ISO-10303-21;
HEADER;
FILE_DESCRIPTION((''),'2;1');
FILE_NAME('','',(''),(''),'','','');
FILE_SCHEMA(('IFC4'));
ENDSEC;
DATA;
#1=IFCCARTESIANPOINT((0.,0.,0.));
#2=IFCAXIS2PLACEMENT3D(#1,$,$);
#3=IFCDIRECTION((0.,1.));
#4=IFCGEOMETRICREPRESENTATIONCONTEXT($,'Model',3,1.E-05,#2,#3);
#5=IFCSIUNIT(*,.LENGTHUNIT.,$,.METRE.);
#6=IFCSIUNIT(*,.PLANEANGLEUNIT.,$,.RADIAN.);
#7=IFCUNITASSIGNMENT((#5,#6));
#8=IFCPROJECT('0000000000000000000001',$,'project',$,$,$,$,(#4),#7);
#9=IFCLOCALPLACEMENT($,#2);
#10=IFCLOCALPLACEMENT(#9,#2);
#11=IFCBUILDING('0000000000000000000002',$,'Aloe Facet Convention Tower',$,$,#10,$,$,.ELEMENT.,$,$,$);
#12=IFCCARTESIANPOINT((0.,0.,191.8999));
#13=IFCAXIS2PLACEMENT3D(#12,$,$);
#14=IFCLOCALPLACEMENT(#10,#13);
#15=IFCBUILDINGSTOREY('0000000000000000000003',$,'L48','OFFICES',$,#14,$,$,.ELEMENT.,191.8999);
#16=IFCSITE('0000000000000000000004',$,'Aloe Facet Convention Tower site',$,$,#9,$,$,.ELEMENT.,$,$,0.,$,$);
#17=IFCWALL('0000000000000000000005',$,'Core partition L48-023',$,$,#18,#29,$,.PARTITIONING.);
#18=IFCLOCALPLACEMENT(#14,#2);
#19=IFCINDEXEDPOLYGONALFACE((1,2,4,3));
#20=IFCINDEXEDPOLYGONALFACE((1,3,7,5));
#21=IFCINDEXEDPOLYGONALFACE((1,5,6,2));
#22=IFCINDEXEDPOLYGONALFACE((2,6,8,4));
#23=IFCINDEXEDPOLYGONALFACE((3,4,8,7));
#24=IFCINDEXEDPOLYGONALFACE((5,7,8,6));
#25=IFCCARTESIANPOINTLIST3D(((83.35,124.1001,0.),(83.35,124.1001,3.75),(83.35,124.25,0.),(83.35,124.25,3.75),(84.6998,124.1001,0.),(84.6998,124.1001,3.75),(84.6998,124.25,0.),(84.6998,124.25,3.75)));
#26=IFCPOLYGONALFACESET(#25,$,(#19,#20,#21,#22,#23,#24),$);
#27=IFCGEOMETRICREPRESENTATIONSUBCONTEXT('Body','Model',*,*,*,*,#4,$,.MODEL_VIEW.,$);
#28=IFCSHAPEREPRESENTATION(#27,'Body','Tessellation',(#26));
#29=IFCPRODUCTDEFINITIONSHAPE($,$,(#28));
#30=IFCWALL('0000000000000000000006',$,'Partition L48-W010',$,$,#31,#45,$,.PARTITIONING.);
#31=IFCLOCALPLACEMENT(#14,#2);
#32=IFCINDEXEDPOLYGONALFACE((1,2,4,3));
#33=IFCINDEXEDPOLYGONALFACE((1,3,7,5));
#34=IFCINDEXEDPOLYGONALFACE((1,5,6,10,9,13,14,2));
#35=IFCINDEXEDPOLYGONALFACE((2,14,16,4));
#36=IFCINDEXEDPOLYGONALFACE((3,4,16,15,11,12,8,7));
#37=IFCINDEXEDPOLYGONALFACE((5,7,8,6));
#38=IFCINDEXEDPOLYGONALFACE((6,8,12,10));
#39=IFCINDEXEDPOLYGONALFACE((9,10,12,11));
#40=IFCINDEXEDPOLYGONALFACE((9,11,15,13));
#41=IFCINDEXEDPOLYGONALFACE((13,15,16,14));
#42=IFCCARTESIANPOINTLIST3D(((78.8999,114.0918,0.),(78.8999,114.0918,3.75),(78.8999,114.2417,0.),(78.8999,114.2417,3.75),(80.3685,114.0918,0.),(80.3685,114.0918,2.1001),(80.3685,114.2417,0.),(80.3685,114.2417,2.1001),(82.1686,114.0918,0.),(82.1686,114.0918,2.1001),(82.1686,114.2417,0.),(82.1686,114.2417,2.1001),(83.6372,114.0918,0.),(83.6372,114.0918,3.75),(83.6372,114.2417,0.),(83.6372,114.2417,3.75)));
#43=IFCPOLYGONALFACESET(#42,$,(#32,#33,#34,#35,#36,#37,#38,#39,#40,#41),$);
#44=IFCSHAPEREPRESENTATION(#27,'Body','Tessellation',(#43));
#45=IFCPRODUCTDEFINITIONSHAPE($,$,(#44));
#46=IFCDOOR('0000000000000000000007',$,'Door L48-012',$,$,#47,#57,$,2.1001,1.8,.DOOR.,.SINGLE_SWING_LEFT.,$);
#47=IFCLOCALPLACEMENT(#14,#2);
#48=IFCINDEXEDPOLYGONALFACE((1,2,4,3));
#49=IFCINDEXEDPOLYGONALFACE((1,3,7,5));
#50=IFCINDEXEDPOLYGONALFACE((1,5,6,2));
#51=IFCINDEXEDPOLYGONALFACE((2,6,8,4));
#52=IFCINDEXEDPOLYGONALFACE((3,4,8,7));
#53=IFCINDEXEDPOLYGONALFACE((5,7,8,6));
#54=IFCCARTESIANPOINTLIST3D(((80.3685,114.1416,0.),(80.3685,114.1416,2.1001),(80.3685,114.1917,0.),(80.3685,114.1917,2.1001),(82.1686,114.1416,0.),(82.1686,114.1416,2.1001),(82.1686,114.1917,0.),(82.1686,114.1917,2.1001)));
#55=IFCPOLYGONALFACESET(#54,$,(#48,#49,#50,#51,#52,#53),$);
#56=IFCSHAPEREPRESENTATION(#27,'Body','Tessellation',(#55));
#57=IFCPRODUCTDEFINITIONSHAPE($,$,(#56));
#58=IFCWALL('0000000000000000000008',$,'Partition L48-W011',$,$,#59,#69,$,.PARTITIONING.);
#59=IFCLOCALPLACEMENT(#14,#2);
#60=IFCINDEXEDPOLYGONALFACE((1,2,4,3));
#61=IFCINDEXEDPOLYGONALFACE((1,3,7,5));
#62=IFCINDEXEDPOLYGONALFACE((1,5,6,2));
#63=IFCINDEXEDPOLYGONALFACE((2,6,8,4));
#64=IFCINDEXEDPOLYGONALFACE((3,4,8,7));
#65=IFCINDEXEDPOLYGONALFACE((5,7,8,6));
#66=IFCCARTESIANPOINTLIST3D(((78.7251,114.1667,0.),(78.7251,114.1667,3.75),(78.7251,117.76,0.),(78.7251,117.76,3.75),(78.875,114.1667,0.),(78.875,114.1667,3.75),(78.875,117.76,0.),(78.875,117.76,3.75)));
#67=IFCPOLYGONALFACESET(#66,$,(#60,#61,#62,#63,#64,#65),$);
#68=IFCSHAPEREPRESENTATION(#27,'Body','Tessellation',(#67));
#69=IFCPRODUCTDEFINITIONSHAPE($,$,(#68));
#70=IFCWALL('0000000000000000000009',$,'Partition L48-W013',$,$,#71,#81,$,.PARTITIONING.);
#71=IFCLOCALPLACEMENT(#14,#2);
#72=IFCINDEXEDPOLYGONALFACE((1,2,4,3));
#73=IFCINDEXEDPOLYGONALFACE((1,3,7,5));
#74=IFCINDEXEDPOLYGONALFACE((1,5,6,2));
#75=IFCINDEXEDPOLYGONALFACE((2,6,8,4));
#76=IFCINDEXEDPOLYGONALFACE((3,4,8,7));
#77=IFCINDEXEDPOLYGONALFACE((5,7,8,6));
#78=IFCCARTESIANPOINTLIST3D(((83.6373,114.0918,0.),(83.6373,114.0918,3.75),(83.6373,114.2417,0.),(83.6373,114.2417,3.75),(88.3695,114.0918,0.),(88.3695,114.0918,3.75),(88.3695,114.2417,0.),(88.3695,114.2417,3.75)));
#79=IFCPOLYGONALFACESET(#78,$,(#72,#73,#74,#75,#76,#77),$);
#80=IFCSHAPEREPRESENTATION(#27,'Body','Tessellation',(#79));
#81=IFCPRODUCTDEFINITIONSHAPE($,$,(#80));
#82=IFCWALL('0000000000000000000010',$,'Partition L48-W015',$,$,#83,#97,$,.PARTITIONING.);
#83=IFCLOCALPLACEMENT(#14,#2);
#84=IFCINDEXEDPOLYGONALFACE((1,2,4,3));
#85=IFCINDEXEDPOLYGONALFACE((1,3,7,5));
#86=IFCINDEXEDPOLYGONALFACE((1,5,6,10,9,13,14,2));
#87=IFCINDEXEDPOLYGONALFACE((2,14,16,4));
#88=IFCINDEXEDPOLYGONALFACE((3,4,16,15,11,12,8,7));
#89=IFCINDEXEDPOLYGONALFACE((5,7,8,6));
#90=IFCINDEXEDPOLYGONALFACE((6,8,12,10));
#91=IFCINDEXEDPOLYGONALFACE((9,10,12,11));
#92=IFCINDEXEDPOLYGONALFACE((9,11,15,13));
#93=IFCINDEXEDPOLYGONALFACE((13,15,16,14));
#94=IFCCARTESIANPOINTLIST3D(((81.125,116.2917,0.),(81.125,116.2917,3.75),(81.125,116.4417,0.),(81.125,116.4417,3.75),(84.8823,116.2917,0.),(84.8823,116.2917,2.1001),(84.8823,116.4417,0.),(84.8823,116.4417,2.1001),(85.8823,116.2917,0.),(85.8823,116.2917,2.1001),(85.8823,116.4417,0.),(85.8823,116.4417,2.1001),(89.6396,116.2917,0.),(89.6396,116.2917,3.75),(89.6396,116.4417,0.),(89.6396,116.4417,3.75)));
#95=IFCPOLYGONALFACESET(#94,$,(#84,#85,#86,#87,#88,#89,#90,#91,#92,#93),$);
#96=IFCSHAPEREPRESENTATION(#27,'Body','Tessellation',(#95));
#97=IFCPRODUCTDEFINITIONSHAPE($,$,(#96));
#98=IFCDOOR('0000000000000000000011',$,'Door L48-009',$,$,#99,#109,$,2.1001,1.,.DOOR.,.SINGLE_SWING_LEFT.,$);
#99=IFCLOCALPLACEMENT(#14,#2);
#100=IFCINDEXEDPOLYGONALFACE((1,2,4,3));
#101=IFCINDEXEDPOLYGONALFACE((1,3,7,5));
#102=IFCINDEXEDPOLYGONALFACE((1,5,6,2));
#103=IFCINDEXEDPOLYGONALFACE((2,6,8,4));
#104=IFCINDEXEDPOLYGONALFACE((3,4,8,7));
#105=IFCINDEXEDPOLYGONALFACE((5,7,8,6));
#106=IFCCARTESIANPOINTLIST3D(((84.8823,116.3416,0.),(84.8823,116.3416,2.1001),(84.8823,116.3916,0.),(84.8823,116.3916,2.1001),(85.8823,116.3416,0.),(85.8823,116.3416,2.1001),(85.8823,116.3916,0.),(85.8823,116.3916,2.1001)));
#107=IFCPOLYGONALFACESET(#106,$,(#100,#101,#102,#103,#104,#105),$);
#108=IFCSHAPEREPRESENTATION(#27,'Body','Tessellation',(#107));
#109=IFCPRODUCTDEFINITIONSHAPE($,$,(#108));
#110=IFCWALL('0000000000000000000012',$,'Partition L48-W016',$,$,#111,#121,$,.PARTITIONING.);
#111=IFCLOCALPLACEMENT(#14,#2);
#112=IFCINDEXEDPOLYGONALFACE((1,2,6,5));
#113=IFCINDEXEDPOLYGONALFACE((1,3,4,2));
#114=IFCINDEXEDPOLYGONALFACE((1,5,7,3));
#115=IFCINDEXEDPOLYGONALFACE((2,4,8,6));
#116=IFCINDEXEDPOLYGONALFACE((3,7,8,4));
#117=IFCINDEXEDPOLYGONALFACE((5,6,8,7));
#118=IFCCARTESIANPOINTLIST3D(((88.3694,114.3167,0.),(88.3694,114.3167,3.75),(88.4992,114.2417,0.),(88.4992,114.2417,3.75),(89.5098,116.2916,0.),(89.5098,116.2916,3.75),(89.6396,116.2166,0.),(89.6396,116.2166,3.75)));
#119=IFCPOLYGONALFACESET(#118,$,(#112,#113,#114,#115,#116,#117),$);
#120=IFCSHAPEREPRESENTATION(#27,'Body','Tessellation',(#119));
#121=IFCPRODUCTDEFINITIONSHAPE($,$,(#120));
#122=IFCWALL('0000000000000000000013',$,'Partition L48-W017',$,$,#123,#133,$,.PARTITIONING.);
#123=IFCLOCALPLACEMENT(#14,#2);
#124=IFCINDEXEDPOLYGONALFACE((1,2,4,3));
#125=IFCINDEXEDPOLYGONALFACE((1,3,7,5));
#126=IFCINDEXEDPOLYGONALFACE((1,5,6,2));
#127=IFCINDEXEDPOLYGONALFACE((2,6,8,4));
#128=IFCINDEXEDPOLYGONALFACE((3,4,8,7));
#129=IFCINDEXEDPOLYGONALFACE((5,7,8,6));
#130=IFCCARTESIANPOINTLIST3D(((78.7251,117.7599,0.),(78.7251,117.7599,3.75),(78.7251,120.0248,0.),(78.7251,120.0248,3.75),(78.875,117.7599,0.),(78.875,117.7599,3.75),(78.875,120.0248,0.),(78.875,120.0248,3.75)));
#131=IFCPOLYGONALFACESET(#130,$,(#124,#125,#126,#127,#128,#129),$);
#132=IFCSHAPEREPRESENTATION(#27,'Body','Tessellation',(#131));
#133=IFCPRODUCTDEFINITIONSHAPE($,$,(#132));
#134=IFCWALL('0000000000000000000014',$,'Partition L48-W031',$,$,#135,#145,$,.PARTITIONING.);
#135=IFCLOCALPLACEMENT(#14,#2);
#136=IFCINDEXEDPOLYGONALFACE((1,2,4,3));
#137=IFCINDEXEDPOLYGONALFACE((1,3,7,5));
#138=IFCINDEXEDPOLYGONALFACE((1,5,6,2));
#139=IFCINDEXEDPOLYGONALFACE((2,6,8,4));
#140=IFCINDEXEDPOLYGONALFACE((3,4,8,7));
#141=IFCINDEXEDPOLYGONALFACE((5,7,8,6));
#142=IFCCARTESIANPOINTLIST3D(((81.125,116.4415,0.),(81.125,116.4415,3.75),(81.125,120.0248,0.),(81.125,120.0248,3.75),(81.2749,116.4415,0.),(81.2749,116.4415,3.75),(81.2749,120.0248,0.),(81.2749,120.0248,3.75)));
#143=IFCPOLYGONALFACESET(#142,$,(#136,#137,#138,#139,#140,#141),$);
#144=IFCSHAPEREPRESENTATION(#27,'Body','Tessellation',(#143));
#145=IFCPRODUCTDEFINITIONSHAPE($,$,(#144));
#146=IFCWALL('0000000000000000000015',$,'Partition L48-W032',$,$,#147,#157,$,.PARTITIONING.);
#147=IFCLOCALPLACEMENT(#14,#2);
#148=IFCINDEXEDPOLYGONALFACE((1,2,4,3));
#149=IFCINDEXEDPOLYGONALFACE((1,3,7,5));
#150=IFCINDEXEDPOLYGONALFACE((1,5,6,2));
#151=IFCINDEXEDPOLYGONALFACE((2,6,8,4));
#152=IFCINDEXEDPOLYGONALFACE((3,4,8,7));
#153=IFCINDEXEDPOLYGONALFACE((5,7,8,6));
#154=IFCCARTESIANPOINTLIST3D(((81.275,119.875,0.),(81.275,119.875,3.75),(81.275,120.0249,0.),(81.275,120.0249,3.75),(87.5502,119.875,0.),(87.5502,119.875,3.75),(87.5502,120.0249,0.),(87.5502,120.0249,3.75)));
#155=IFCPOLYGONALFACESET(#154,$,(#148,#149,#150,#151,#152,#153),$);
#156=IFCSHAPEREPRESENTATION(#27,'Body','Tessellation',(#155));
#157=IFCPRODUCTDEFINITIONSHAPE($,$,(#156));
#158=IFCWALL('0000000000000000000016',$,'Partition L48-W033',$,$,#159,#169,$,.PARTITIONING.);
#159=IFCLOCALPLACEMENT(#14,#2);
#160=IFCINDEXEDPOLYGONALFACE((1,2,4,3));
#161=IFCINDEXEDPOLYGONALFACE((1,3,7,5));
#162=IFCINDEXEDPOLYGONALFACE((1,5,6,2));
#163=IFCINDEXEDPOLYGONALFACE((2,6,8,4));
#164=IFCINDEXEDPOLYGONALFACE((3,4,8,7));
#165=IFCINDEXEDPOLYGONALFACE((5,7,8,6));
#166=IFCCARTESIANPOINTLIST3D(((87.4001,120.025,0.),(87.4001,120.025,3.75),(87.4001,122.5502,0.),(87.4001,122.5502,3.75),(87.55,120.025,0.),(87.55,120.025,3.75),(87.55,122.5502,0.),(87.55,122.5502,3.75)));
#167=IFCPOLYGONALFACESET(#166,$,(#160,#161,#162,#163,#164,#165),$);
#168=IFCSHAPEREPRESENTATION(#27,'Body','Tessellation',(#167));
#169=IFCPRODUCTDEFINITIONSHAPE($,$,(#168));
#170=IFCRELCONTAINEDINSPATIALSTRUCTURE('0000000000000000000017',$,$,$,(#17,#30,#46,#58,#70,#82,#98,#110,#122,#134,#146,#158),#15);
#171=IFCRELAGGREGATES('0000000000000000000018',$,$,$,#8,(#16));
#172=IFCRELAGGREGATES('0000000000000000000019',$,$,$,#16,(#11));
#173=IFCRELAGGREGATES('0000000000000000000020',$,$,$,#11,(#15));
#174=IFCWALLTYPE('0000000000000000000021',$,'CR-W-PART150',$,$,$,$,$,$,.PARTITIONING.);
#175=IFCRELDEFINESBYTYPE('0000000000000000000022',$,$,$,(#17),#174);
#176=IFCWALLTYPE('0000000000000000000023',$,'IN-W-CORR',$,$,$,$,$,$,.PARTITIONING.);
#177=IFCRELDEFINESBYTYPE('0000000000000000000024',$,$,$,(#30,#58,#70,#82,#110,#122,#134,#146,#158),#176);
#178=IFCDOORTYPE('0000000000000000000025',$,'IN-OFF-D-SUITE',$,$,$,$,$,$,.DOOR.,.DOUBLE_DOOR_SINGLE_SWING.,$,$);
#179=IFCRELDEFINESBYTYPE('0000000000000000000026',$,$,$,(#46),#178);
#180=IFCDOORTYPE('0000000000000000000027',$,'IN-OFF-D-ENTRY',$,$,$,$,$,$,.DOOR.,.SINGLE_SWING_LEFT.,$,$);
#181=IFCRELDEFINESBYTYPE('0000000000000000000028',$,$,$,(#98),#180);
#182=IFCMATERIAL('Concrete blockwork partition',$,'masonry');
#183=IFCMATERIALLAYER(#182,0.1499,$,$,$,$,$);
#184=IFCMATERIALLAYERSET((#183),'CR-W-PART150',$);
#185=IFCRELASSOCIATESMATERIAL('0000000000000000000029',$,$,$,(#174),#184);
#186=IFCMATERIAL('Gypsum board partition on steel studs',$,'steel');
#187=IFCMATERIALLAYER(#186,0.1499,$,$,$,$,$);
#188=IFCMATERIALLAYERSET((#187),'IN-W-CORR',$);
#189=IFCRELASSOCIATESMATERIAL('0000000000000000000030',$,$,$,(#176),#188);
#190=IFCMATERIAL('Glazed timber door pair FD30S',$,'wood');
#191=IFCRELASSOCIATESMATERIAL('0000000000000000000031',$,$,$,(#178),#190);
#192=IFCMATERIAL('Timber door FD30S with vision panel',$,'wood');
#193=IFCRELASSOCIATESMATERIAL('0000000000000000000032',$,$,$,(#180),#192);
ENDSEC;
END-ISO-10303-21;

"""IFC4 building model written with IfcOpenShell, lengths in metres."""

from ifc_helpers import new_model, si_unit, direction, frame, frame_2d, origin, place, context, subcontext, project, spatial, rectangle, extrude, material, layer, layer_set, type_object, element, fill, save


model = new_model("IFC4")

# Units and contexts
model_context = context("Model", 3, precision=1e-05, world=origin(), true_north=direction((0.0, 1.0)))
body_context = subcontext(model_context, "Body", "Model", "MODEL_VIEW")
ifc_project = project(units=[si_unit("LENGTHUNIT", "METRE"), si_unit("PLANEANGLEUNIT", "RADIAN")], contexts=[model_context])

# Site, building, storey
site_placement = place(None, origin())
site = spatial("IfcSite", under=ifc_project, at=site_placement, Name="Aloe Facet Convention Tower site", CompositionType="ELEMENT", RefElevation=0.0)
building_placement = place(site_placement, origin())
building = spatial("IfcBuilding", under=site, at=building_placement, Name="Aloe Facet Convention Tower", CompositionType="ELEMENT")
storey_placement = place(building_placement, frame((0.0, 0.0, 191.8999)))
storey = spatial("IfcBuildingStorey", under=building, at=storey_placement, Name="L48", Description="OFFICES", CompositionType="ELEMENT", Elevation=191.8999)

# Wall
ifc_material_1 = material(Name="Concrete blockwork partition", Category="masonry")
ifc_layer_1 = layer(ifc_material_1, 0.1499)
ifc_layer_set_1 = layer_set([ifc_layer_1], Name="CR-W-PART150")
wall_type_1 = type_object("IfcWallType", Name="CR-W-PART150", PredefinedType="PARTITIONING", material=ifc_layer_set_1)
wall_1_placement = place(storey_placement, frame((83.3501, 124.175, 0.0), z_axis=(0.0, 0.0, 1.0), x_axis=(1.0, 0.0, 0.0)))
element("IfcWall", 1, at=wall_1_placement, inside=storey, type_object=wall_type_1, Name="Core partition L48-023", PredefinedType="PARTITIONING", context=body_context, shape_type="SweptSolid", body=[
    extrude(rectangle(XDim=1.3499, YDim=0.1499, at=frame_2d((0.6748, 0.0))), origin(), (0.0, 0.0, 1.0), 3.75),
])

# Wall, opening, door
ifc_material_2 = material(Name="Gypsum board partition on steel studs", Category="steel")
ifc_layer_2 = layer(ifc_material_2, 0.1499)
ifc_layer_set_2 = layer_set([ifc_layer_2], Name="IN-W-CORR")
wall_type_2 = type_object("IfcWallType", Name="IN-W-CORR", PredefinedType="PARTITIONING", material=ifc_layer_set_2)
wall_2_placement = place(storey_placement, frame((78.8999, 114.1667, 0.0), z_axis=(0.0, 0.0, 1.0), x_axis=(1.0, 0.0, 0.0)))
wall_2 = element("IfcWall", 2, at=wall_2_placement, inside=storey, type_object=wall_type_2, Name="Partition L48-W010", PredefinedType="PARTITIONING", context=body_context, shape_type="SweptSolid", body=[
    extrude(rectangle(XDim=4.7373, YDim=0.1499, at=frame_2d((2.3687, 0.0))), origin(), (0.0, 0.0, 1.0), 3.75),
])
opening_1_placement = place(wall_2_placement, frame((1.4688, 0.0, 0.0)))
opening_1 = element("IfcOpeningElement", 3, at=opening_1_placement, cuts=wall_2, PredefinedType="OPENING", context=body_context, shape_type="SweptSolid", body=[
    extrude(rectangle(XDim=1.8, YDim=2.1001, at=frame_2d((0.8999, 1.05))), frame((0.0, 0.085, 0.0), z_axis=(0.0, -1.0, 0.0), x_axis=(1.0, 0.0, 0.0)), (0.0, 0.0, 1.0), 0.1699),
])
ifc_material_3 = material(Name="Glazed timber door pair FD30S", Category="wood")
door_type_1 = type_object("IfcDoorType", Name="IN-OFF-D-SUITE", OperationType="DOUBLE_DOOR_SINGLE_SWING", PredefinedType="DOOR", material=ifc_material_3)
door_1_placement = place(opening_1_placement, origin())
door_1 = element("IfcDoor", 4, at=door_1_placement, inside=storey, type_object=door_type_1, Name="Door L48-012", OperationType="SINGLE_SWING_LEFT", OverallHeight=2.1001, OverallWidth=1.8, PredefinedType="DOOR", context=body_context, shape_type="SweptSolid", body=[
    extrude(rectangle(XDim=1.8, YDim=2.1001, at=frame_2d((0.8999, 1.05))), frame((0.0, 0.0249, 0.0), z_axis=(0.0, -1.0, 0.0), x_axis=(1.0, 0.0, 0.0)), (0.0, 0.0, 1.0), 0.05),
])
fill(opening_1, door_1)

# Walls
wall_3_placement = place(storey_placement, frame((78.8, 114.1667, 0.0), z_axis=(0.0, 0.0, 1.0), x_axis=(0.0, 1.0, 0.0)))
element("IfcWall", 5, at=wall_3_placement, inside=storey, type_object=wall_type_2, Name="Partition L48-W011", PredefinedType="PARTITIONING", context=body_context, shape_type="SweptSolid", body=[
    extrude(rectangle(XDim=3.5933, YDim=0.1499, at=frame_2d((1.7966, 0.0))), origin(), (0.0, 0.0, 1.0), 3.75),
])
wall_4_placement = place(storey_placement, frame((83.6372, 114.1667, 0.0), z_axis=(0.0, 0.0, 1.0), x_axis=(1.0, 0.0, 0.0)))
element("IfcWall", 6, at=wall_4_placement, inside=storey, type_object=wall_type_2, Name="Partition L48-W013", PredefinedType="PARTITIONING", context=body_context, shape_type="SweptSolid", body=[
    extrude(rectangle(XDim=4.7322, YDim=0.1499, at=frame_2d((2.3662, 0.0))), origin(), (0.0, 0.0, 1.0), 3.75),
])

# Wall, opening, door
wall_5_placement = place(storey_placement, frame((81.125, 116.3667, 0.0), z_axis=(0.0, 0.0, 1.0), x_axis=(1.0, 0.0, 0.0)))
wall_5 = element("IfcWall", 7, at=wall_5_placement, inside=storey, type_object=wall_type_2, Name="Partition L48-W015", PredefinedType="PARTITIONING", context=body_context, shape_type="SweptSolid", body=[
    extrude(rectangle(XDim=8.5146, YDim=0.1499, at=frame_2d((4.2573, 0.0))), origin(), (0.0, 0.0, 1.0), 3.75),
])
opening_2_placement = place(wall_5_placement, frame((3.7573, 0.0, 0.0)))
opening_2 = element("IfcOpeningElement", 8, at=opening_2_placement, cuts=wall_5, PredefinedType="OPENING", context=body_context, shape_type="SweptSolid", body=[
    extrude(rectangle(XDim=1.0, YDim=2.1001, at=frame_2d((0.5, 1.05))), frame((0.0, 0.085, 0.0), z_axis=(0.0, -1.0, 0.0), x_axis=(1.0, 0.0, 0.0)), (0.0, 0.0, 1.0), 0.1699),
])
ifc_material_4 = material(Name="Timber door FD30S with vision panel", Category="wood")
door_type_2 = type_object("IfcDoorType", Name="IN-OFF-D-ENTRY", OperationType="SINGLE_SWING_LEFT", PredefinedType="DOOR", material=ifc_material_4)
door_2_placement = place(opening_2_placement, origin())
door_2 = element("IfcDoor", 9, at=door_2_placement, inside=storey, type_object=door_type_2, Name="Door L48-009", OperationType="SINGLE_SWING_LEFT", OverallHeight=2.1001, OverallWidth=1.0, PredefinedType="DOOR", context=body_context, shape_type="SweptSolid", body=[
    extrude(rectangle(XDim=1.0, YDim=2.1001, at=frame_2d((0.5, 1.05))), frame((0.0, 0.0249, 0.0), z_axis=(0.0, -1.0, 0.0), x_axis=(1.0, 0.0, 0.0)), (0.0, 0.0, 1.0), 0.05),
])
fill(opening_2, door_2)

# Walls
wall_6_placement = place(storey_placement, frame((88.4343, 114.2793, 0.0), z_axis=(0.0, 0.0, 1.0), x_axis=(0.500065, 0.865988, 0.0)))
element("IfcWall", 10, at=wall_6_placement, inside=storey, type_object=wall_type_2, Name="Partition L48-W016", PredefinedType="PARTITIONING", context=body_context, shape_type="SweptSolid", body=[
    extrude(rectangle(XDim=2.2805, YDim=0.1499, at=frame_2d((1.1401, 0.0))), origin(), (0.0, 0.0, 1.0), 3.75),
])
wall_7_placement = place(storey_placement, frame((78.8, 117.76, 0.0), z_axis=(0.0, 0.0, 1.0), x_axis=(0.0, 1.0, 0.0)))
element("IfcWall", 11, at=wall_7_placement, inside=storey, type_object=wall_type_2, Name="Partition L48-W017", PredefinedType="PARTITIONING", context=body_context, shape_type="SweptSolid", body=[
    extrude(rectangle(XDim=2.2649, YDim=0.1499, at=frame_2d((1.1323, 0.0))), origin(), (0.0, 0.0, 1.0), 3.75),
])
wall_8_placement = place(storey_placement, frame((81.2, 116.4417, 0.0), z_axis=(0.0, 0.0, 1.0), x_axis=(0.0, 1.0, 0.0)))
element("IfcWall", 12, at=wall_8_placement, inside=storey, type_object=wall_type_2, Name="Partition L48-W031", PredefinedType="PARTITIONING", context=body_context, shape_type="SweptSolid", body=[
    extrude(rectangle(XDim=3.5833, YDim=0.1499, at=frame_2d((1.7915, 0.0))), origin(), (0.0, 0.0, 1.0), 3.75),
])
wall_9_placement = place(storey_placement, frame((81.2749, 119.95, 0.0), z_axis=(0.0, 0.0, 1.0), x_axis=(1.0, 0.0, 0.0)))
element("IfcWall", 13, at=wall_9_placement, inside=storey, type_object=wall_type_2, Name="Partition L48-W032", PredefinedType="PARTITIONING", context=body_context, shape_type="SweptSolid", body=[
    extrude(rectangle(XDim=6.2751, YDim=0.1499, at=frame_2d((3.1377, 0.0))), origin(), (0.0, 0.0, 1.0), 3.75),
])
wall_10_placement = place(storey_placement, frame((87.4751, 120.0249, 0.0), z_axis=(0.0, 0.0, 1.0), x_axis=(0.0, 1.0, 0.0)))
element("IfcWall", 14, at=wall_10_placement, inside=storey, type_object=wall_type_2, Name="Partition L48-W033", PredefinedType="PARTITIONING", context=body_context, shape_type="SweptSolid", body=[
    extrude(rectangle(XDim=2.5251, YDim=0.1499, at=frame_2d((1.2627, 0.0))), origin(), (0.0, 0.0, 1.0), 3.75),
])

save(model, "model.ifc")
